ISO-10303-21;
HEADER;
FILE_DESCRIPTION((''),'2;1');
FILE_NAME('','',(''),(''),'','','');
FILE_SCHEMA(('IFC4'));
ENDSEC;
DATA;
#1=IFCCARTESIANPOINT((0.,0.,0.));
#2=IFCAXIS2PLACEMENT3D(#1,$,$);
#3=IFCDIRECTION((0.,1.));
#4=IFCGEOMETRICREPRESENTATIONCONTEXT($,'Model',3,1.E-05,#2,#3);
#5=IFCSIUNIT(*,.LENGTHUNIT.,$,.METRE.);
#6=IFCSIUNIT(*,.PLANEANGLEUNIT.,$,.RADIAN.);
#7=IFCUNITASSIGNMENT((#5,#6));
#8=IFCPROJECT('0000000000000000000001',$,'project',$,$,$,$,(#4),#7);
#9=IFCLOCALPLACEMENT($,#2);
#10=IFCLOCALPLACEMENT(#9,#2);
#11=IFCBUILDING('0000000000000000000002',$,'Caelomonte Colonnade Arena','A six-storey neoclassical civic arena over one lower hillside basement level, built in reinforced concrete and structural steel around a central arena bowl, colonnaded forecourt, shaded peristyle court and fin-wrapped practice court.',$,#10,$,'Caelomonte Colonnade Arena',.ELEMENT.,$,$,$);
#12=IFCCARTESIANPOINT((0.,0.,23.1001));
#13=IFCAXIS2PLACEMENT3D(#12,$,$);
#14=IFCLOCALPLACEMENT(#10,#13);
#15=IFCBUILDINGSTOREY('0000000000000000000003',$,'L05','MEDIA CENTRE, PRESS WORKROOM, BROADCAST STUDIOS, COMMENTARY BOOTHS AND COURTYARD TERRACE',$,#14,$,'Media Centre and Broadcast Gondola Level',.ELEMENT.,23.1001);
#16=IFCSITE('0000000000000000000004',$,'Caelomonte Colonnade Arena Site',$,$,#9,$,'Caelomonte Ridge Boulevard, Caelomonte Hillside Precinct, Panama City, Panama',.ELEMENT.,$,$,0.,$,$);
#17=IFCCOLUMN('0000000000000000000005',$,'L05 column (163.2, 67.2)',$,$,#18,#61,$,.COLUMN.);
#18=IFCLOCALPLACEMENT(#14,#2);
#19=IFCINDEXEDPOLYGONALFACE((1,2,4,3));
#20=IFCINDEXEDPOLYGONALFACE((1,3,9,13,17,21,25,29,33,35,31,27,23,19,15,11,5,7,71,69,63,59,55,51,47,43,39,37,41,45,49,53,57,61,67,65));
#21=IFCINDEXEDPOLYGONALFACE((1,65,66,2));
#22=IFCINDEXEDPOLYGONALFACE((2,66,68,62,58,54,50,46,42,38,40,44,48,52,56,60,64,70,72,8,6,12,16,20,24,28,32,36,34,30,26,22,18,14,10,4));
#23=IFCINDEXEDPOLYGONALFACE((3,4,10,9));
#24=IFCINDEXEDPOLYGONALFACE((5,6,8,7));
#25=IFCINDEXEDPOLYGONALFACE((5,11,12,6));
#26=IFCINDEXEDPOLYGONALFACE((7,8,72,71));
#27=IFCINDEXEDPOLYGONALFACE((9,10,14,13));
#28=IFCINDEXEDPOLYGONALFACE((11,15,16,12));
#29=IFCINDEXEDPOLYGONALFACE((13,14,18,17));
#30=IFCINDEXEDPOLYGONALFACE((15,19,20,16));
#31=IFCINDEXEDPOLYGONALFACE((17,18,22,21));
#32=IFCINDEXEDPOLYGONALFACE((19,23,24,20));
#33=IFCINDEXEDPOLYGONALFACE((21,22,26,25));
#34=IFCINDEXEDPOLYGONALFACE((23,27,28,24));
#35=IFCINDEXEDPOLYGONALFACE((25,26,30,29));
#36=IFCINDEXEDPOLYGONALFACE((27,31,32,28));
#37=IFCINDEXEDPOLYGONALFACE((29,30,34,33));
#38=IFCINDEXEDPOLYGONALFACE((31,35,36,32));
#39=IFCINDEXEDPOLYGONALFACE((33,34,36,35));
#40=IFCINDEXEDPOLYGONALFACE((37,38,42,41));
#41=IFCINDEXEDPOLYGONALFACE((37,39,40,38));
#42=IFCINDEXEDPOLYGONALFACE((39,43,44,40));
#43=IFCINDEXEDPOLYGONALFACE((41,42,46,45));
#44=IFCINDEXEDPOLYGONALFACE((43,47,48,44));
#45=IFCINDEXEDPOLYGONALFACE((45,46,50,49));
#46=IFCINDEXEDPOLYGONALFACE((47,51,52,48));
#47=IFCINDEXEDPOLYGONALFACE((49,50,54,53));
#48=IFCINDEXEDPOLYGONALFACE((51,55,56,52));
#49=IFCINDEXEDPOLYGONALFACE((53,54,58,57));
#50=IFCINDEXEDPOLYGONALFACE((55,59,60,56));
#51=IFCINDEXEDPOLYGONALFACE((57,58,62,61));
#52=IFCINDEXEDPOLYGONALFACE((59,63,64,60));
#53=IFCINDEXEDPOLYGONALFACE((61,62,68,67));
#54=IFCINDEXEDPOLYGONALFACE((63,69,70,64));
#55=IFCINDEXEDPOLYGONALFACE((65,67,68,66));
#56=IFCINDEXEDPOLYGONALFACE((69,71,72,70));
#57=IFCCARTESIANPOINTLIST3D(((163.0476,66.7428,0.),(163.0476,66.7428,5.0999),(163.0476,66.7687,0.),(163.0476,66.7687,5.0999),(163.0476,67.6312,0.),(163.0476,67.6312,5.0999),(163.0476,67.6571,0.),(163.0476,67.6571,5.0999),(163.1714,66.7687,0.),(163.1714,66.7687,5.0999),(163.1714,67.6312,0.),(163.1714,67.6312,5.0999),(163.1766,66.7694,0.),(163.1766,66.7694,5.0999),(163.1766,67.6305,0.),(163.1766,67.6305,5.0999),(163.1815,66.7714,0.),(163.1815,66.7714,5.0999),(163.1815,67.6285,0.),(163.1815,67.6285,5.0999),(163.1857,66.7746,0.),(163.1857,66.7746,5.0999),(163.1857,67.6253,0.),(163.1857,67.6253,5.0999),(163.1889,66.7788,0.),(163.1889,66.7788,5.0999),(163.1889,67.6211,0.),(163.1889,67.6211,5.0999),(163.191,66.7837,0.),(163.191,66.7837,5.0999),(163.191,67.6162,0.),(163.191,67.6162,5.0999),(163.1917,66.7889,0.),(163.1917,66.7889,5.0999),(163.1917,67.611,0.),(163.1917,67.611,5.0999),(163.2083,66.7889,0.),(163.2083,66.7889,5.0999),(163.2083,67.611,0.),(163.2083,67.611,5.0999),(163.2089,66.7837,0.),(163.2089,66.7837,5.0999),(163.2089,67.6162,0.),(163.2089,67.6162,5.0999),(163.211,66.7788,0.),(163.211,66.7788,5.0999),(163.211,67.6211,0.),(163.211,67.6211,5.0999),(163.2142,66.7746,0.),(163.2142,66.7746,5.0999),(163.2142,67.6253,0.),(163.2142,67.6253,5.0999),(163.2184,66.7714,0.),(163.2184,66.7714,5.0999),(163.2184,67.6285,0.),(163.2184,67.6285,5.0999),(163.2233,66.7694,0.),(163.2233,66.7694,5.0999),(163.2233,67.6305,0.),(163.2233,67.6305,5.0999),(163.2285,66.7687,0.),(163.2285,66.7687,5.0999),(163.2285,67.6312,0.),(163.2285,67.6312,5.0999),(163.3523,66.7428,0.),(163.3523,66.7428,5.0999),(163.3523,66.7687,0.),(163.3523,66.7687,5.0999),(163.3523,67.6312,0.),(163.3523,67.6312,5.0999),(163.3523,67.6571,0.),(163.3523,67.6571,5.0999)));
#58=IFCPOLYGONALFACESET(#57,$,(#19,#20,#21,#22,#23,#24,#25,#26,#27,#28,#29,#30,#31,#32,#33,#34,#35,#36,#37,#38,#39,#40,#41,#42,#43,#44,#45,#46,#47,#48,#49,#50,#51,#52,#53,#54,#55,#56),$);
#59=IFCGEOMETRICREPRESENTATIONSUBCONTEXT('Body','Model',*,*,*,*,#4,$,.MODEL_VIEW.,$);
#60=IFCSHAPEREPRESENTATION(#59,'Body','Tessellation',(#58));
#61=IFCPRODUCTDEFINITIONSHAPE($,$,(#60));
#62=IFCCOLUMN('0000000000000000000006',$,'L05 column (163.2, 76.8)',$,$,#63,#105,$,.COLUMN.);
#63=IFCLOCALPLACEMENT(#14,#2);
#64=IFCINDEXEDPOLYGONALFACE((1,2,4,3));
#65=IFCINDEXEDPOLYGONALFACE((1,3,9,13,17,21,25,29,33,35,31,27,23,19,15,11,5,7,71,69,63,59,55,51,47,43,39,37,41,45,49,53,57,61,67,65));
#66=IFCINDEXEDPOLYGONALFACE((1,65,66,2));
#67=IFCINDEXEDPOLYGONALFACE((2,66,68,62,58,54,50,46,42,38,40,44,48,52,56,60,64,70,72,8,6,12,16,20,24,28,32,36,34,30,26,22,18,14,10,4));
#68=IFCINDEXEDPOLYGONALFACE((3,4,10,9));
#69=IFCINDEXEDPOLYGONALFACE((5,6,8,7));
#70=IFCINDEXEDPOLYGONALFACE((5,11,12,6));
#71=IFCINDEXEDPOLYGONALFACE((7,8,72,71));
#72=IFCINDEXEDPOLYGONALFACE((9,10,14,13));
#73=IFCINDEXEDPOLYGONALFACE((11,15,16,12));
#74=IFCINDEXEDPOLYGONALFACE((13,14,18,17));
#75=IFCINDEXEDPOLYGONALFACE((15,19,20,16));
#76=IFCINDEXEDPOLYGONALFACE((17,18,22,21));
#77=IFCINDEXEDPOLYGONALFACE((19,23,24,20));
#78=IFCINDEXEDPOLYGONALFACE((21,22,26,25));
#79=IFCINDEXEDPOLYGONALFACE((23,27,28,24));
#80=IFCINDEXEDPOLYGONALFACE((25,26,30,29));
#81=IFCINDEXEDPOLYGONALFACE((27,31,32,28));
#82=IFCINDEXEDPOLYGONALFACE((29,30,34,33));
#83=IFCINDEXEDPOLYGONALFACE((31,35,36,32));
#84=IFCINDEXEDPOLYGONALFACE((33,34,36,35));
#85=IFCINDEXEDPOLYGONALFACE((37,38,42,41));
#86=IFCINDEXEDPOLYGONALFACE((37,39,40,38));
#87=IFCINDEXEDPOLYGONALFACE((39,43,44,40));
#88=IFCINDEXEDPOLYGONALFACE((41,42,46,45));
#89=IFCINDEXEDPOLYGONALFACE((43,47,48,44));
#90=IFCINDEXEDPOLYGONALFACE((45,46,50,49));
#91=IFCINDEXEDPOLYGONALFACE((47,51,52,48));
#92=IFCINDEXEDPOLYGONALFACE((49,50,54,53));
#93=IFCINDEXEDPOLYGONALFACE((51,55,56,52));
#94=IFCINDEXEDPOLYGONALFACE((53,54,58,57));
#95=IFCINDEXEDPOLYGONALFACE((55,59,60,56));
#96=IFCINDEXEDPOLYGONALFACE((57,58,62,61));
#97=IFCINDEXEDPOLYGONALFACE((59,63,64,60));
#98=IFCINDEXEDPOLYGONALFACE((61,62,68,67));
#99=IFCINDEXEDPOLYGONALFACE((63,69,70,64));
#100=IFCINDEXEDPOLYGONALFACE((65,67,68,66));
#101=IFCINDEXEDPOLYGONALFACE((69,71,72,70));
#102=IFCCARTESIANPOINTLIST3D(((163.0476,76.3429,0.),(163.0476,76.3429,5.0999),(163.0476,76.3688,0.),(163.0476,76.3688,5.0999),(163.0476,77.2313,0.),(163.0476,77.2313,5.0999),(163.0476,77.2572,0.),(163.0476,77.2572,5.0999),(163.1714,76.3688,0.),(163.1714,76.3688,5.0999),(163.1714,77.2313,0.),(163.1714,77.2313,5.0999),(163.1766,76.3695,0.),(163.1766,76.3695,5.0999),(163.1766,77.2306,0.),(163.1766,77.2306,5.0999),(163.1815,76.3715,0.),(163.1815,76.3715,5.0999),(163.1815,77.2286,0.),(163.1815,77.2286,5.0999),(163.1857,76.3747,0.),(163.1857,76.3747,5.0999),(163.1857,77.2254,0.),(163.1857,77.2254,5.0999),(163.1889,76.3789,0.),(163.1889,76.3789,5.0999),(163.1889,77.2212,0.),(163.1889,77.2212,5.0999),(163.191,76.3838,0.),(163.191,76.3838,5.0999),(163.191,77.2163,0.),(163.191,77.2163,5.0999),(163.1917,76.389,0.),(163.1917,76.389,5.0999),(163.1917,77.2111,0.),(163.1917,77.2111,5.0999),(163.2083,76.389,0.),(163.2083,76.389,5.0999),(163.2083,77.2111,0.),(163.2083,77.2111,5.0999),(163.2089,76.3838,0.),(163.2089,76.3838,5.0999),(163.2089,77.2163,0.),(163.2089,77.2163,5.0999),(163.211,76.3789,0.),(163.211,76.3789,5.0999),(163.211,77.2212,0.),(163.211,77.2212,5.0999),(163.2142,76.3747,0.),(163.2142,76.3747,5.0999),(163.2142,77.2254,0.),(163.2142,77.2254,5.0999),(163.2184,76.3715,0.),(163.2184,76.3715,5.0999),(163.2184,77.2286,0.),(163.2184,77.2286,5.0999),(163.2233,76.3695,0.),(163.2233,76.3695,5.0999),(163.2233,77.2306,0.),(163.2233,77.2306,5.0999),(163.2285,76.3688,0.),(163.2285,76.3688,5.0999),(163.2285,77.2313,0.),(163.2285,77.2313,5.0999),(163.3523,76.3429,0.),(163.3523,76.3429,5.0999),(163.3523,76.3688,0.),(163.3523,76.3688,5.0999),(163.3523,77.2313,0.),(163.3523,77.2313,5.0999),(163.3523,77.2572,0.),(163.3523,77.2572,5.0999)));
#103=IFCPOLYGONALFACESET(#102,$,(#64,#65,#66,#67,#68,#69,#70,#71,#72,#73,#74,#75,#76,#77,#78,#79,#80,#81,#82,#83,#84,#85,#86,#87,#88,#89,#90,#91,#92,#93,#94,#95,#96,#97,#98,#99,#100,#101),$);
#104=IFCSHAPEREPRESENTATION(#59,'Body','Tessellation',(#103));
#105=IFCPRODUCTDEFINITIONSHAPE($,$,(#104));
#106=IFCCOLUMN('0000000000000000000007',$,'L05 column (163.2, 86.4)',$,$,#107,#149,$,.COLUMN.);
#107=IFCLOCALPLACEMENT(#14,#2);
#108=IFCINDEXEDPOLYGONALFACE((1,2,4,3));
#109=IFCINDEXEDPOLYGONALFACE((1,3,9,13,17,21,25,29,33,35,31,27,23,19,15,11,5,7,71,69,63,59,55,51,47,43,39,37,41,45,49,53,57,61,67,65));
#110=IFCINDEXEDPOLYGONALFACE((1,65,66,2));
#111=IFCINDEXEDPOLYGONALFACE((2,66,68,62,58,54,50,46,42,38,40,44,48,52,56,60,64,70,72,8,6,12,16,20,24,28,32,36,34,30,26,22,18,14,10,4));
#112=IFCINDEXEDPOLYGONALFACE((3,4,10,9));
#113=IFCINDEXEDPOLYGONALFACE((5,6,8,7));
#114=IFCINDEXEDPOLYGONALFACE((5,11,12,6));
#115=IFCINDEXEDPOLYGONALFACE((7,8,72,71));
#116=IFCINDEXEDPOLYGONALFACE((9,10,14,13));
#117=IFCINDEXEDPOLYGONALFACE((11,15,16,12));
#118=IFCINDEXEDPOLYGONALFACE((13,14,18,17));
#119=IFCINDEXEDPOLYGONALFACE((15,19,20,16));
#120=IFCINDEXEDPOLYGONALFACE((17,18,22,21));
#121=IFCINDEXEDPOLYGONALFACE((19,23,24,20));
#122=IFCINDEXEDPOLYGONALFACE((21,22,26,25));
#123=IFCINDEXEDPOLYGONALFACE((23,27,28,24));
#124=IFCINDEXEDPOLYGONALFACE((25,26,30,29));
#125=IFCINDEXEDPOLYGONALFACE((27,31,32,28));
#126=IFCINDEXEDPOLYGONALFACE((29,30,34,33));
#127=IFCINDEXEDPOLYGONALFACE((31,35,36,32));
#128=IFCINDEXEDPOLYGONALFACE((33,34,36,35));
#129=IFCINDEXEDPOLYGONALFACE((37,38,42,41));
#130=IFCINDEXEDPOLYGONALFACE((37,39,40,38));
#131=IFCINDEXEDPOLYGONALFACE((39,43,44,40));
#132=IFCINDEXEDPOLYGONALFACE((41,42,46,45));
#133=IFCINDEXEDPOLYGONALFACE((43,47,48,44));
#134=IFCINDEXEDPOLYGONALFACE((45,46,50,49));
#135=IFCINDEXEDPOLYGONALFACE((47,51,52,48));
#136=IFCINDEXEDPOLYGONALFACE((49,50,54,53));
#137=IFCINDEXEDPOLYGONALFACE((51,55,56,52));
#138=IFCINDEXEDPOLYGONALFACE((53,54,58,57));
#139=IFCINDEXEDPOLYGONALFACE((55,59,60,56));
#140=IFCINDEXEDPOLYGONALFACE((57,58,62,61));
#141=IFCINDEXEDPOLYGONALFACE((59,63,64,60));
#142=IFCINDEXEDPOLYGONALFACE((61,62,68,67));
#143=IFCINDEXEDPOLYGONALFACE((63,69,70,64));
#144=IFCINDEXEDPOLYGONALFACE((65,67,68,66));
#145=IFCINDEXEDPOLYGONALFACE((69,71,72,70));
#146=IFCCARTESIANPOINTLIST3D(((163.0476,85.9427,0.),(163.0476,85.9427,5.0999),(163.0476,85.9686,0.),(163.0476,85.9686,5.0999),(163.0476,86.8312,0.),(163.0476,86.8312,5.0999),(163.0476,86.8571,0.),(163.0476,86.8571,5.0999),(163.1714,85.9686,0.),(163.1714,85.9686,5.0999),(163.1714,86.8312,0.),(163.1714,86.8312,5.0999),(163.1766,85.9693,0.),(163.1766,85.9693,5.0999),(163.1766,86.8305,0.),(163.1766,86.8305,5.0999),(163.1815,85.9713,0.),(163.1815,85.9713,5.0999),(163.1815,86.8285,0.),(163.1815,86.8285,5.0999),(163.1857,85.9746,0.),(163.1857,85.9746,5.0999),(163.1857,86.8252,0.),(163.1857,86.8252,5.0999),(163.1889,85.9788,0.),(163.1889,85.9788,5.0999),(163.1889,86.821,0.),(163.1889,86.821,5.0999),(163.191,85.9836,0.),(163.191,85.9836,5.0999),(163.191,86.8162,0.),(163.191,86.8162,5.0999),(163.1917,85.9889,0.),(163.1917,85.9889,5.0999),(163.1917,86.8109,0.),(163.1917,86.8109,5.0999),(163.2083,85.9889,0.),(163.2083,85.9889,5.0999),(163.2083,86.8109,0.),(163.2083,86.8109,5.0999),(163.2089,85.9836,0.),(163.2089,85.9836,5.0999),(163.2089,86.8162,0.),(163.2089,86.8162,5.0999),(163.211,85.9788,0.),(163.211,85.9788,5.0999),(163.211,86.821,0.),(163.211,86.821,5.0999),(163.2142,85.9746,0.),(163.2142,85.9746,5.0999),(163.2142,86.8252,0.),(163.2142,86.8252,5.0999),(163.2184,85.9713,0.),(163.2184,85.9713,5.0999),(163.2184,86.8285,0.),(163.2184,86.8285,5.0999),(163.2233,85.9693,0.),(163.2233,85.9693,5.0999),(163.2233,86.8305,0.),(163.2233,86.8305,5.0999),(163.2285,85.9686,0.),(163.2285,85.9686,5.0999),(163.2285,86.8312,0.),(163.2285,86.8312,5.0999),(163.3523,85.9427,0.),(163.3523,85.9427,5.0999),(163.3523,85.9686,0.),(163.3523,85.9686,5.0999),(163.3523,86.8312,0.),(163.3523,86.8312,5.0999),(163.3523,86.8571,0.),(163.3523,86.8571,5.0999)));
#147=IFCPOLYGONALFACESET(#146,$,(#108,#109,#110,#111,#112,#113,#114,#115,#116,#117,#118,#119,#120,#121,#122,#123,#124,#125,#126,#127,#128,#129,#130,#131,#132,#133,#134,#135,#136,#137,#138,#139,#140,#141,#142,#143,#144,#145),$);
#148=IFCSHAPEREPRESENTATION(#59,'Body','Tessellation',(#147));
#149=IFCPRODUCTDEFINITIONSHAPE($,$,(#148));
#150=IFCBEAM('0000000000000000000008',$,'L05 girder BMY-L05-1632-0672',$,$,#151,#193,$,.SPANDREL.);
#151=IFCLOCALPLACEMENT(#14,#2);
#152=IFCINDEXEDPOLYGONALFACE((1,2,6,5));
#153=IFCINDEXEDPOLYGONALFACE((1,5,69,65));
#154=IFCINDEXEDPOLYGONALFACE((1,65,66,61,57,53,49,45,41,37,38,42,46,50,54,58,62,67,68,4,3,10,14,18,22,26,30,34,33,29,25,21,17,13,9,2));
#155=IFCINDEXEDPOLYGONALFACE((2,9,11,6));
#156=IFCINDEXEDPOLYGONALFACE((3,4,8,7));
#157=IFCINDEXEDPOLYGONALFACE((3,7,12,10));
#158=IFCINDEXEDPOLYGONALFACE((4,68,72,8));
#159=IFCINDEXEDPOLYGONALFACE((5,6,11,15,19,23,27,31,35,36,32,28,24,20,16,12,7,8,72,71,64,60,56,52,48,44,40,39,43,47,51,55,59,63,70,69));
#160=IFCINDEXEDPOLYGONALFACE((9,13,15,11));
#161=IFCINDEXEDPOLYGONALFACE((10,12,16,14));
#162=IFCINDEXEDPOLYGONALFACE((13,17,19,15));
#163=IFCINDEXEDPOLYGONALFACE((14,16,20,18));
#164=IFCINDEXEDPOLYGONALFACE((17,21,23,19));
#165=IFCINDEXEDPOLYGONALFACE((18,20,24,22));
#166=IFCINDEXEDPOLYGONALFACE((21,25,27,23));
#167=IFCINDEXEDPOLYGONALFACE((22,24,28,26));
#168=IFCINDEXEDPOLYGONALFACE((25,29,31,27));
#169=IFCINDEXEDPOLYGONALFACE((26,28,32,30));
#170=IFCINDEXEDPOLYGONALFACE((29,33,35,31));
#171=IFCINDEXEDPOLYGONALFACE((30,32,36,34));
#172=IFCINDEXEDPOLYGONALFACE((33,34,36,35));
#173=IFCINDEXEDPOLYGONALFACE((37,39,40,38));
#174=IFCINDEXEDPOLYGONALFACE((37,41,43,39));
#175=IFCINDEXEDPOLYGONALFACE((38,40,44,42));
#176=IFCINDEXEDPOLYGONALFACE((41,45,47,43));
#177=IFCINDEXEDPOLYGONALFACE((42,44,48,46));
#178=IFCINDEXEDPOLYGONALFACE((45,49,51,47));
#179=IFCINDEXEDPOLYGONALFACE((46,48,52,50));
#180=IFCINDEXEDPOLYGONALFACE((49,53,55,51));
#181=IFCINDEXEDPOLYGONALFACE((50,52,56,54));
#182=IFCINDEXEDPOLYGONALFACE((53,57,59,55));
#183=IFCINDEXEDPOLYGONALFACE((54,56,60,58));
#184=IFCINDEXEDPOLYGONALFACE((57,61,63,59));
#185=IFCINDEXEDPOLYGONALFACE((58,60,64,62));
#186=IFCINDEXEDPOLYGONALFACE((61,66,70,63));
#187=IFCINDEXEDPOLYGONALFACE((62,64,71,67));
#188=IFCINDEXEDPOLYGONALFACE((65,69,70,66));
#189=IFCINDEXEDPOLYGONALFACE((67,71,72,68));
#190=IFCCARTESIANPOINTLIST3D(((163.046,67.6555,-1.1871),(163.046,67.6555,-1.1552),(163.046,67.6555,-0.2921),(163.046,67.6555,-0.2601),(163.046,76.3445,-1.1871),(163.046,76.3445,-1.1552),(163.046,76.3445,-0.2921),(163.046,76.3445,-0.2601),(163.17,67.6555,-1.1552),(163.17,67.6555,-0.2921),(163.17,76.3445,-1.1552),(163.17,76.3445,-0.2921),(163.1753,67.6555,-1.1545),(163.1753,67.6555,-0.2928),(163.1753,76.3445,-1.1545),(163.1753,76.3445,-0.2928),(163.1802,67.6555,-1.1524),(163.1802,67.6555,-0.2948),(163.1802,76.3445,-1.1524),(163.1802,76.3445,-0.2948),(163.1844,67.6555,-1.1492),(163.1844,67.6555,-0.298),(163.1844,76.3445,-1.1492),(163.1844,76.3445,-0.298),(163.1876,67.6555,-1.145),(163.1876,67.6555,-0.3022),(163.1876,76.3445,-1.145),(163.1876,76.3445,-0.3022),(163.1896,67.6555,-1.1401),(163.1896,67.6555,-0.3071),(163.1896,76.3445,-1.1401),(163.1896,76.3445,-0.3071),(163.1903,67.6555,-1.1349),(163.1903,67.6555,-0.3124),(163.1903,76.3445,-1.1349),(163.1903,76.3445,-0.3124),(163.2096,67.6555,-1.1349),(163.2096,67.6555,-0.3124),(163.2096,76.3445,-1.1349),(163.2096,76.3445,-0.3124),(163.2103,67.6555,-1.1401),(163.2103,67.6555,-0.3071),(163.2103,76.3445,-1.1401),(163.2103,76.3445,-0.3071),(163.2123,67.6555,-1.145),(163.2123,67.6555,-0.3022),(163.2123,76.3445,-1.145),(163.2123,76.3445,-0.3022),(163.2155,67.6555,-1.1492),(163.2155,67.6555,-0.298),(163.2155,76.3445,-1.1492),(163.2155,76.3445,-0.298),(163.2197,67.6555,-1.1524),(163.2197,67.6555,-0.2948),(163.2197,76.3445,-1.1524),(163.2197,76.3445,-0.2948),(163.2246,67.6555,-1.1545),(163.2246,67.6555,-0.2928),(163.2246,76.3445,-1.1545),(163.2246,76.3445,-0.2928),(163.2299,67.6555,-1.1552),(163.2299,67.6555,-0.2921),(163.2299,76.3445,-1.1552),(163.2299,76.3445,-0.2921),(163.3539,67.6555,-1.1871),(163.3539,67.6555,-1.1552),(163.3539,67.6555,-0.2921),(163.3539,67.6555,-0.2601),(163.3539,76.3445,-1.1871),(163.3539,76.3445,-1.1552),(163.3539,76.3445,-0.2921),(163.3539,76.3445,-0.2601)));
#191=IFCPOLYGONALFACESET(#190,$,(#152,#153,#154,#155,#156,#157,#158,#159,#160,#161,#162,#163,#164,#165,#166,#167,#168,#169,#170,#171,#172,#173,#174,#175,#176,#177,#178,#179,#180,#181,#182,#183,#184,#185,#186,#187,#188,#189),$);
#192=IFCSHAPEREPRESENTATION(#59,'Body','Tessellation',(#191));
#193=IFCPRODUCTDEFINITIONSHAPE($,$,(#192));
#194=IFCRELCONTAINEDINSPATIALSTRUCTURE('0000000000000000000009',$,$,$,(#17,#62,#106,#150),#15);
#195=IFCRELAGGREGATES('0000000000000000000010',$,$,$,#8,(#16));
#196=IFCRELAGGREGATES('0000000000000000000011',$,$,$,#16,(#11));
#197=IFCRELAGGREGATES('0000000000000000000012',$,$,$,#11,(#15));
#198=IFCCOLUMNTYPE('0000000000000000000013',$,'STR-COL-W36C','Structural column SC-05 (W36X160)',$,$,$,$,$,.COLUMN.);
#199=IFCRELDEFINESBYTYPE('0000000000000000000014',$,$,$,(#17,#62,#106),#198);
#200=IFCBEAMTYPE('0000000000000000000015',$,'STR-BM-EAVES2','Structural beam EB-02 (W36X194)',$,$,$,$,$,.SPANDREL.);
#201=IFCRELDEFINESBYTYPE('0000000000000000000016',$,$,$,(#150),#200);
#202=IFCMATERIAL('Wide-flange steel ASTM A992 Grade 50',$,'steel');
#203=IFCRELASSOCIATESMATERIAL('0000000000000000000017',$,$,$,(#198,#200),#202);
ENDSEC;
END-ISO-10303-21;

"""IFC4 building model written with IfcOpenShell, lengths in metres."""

from ifc_helpers import new_model, si_unit, direction, frame, origin, origin_2d, place, context, subcontext, project, spatial, i_section, extrude, material, material_profile, profile_set, type_object, element, save


model = new_model("IFC4")

# Units and contexts
model_context = context("Model", 3, precision=1e-05, world=origin(), true_north=direction((0.0, 1.0)))
body_context = subcontext(model_context, "Body", "Model", "MODEL_VIEW")
ifc_project = project(units=[si_unit("LENGTHUNIT", "METRE"), si_unit("PLANEANGLEUNIT", "RADIAN")], contexts=[model_context])

# Site, building, storey
site_placement = place(None, origin())
site = spatial("IfcSite", under=ifc_project, at=site_placement, Name="Caelomonte Colonnade Arena Site", LongName="Caelomonte Ridge Boulevard, Caelomonte Hillside Precinct, Panama City, Panama", CompositionType="ELEMENT", RefElevation=0.0)
building_placement = place(site_placement, origin())
building = spatial("IfcBuilding", under=site, at=building_placement, Name="Caelomonte Colonnade Arena", Description="A six-storey neoclassical civic arena over one lower hillside basement level, built in reinforced concrete and structural steel around a central arena bowl, colonnaded forecourt, shaded peristyle court and fin-wrapped practice court.", LongName="Caelomonte Colonnade Arena", CompositionType="ELEMENT")
storey_placement = place(building_placement, frame((0.0, 0.0, 23.1001)))
storey = spatial("IfcBuildingStorey", under=building, at=storey_placement, Name="L05", Description="MEDIA CENTRE, PRESS WORKROOM, BROADCAST STUDIOS, COMMENTARY BOOTHS AND COURTYARD TERRACE", LongName="Media Centre and Broadcast Gondola Level", CompositionType="ELEMENT", Elevation=23.1001)

# Columns
ifc_material_1 = material(Name="Wide-flange steel ASTM A992 Grade 50", Category="steel")
ifc_material_profile_1 = material_profile(ifc_material_1, i_section(OverallWidth=0.3047, OverallDepth=0.9143, WebThickness=0.0166, FlangeThickness=0.0259, FilletRadius=0.0203, at=origin_2d()), Name="W36X160")
ifc_profile_set_1 = profile_set([ifc_material_profile_1], Name="Wide-flange steel ASTM A992 Grade 50")
column_type = type_object("IfcColumnType", Name="STR-COL-W36C", Description="Structural column SC-05 (W36X160)", PredefinedType="COLUMN", material=ifc_profile_set_1)
for number, where, z_axis, x_axis, name in (
    (1, (163.2, 67.2, 0.0), (0.0, 0.0, 1.0), (1.0, 0.0, 0.0), "L05 column (163.2, 67.2)"),
    (2, (163.2, 76.8, 0.0), (0.0, 0.0, 1.0), (1.0, 0.0, 0.0), "L05 column (163.2, 76.8)"),
    (3, (163.2, 86.3999, 0.0), (0.0, 0.0, 1.0), (1.0, 0.0, 0.0), "L05 column (163.2, 86.4)"),
):
    element("IfcColumn", number, at=place(storey_placement, frame(where, z_axis=z_axis, x_axis=x_axis)), inside=storey, type_object=column_type, Name=name, PredefinedType="COLUMN", context=body_context, shape_type="SweptSolid", body=[
        extrude(i_section(OverallWidth=0.3047, OverallDepth=0.9143, WebThickness=0.0166, FlangeThickness=0.0259, FilletRadius=0.0203, at=origin_2d()), origin(), (0.0, 0.0, 1.0), 5.0999),
    ])

# Beam
ifc_material_profile_2 = material_profile(ifc_material_1, i_section(OverallWidth=0.3079, OverallDepth=0.927, WebThickness=0.0193, FlangeThickness=0.032, FilletRadius=0.0203, at=origin_2d()), Name="W36X194")
ifc_profile_set_2 = profile_set([ifc_material_profile_2], Name="Wide-flange steel ASTM A992 Grade 50")
beam_type_1 = type_object("IfcBeamType", Name="STR-BM-EAVES2", Description="Structural beam EB-02 (W36X194)", PredefinedType="SPANDREL", material=ifc_profile_set_2)
for number, where, z_axis, x_axis, name in (
    (4, (163.2, 67.6555, -0.7236), (0.0, 1.0, 0.0), (-1.0, 0.0, 0.0), "L05 girder BMY-L05-1632-0672"),
):
    element("IfcBeam", number, at=place(storey_placement, frame(where, z_axis=z_axis, x_axis=x_axis)), inside=storey, type_object=beam_type_1, Name=name, PredefinedType="SPANDREL", context=body_context, shape_type="SweptSolid", body=[
        extrude(i_section(OverallWidth=0.3079, OverallDepth=0.927, WebThickness=0.0193, FlangeThickness=0.032, FilletRadius=0.0203, at=origin_2d()), origin(), (0.0, 0.0, 1.0), 8.689),
    ])

save(model, "model.ifc")
